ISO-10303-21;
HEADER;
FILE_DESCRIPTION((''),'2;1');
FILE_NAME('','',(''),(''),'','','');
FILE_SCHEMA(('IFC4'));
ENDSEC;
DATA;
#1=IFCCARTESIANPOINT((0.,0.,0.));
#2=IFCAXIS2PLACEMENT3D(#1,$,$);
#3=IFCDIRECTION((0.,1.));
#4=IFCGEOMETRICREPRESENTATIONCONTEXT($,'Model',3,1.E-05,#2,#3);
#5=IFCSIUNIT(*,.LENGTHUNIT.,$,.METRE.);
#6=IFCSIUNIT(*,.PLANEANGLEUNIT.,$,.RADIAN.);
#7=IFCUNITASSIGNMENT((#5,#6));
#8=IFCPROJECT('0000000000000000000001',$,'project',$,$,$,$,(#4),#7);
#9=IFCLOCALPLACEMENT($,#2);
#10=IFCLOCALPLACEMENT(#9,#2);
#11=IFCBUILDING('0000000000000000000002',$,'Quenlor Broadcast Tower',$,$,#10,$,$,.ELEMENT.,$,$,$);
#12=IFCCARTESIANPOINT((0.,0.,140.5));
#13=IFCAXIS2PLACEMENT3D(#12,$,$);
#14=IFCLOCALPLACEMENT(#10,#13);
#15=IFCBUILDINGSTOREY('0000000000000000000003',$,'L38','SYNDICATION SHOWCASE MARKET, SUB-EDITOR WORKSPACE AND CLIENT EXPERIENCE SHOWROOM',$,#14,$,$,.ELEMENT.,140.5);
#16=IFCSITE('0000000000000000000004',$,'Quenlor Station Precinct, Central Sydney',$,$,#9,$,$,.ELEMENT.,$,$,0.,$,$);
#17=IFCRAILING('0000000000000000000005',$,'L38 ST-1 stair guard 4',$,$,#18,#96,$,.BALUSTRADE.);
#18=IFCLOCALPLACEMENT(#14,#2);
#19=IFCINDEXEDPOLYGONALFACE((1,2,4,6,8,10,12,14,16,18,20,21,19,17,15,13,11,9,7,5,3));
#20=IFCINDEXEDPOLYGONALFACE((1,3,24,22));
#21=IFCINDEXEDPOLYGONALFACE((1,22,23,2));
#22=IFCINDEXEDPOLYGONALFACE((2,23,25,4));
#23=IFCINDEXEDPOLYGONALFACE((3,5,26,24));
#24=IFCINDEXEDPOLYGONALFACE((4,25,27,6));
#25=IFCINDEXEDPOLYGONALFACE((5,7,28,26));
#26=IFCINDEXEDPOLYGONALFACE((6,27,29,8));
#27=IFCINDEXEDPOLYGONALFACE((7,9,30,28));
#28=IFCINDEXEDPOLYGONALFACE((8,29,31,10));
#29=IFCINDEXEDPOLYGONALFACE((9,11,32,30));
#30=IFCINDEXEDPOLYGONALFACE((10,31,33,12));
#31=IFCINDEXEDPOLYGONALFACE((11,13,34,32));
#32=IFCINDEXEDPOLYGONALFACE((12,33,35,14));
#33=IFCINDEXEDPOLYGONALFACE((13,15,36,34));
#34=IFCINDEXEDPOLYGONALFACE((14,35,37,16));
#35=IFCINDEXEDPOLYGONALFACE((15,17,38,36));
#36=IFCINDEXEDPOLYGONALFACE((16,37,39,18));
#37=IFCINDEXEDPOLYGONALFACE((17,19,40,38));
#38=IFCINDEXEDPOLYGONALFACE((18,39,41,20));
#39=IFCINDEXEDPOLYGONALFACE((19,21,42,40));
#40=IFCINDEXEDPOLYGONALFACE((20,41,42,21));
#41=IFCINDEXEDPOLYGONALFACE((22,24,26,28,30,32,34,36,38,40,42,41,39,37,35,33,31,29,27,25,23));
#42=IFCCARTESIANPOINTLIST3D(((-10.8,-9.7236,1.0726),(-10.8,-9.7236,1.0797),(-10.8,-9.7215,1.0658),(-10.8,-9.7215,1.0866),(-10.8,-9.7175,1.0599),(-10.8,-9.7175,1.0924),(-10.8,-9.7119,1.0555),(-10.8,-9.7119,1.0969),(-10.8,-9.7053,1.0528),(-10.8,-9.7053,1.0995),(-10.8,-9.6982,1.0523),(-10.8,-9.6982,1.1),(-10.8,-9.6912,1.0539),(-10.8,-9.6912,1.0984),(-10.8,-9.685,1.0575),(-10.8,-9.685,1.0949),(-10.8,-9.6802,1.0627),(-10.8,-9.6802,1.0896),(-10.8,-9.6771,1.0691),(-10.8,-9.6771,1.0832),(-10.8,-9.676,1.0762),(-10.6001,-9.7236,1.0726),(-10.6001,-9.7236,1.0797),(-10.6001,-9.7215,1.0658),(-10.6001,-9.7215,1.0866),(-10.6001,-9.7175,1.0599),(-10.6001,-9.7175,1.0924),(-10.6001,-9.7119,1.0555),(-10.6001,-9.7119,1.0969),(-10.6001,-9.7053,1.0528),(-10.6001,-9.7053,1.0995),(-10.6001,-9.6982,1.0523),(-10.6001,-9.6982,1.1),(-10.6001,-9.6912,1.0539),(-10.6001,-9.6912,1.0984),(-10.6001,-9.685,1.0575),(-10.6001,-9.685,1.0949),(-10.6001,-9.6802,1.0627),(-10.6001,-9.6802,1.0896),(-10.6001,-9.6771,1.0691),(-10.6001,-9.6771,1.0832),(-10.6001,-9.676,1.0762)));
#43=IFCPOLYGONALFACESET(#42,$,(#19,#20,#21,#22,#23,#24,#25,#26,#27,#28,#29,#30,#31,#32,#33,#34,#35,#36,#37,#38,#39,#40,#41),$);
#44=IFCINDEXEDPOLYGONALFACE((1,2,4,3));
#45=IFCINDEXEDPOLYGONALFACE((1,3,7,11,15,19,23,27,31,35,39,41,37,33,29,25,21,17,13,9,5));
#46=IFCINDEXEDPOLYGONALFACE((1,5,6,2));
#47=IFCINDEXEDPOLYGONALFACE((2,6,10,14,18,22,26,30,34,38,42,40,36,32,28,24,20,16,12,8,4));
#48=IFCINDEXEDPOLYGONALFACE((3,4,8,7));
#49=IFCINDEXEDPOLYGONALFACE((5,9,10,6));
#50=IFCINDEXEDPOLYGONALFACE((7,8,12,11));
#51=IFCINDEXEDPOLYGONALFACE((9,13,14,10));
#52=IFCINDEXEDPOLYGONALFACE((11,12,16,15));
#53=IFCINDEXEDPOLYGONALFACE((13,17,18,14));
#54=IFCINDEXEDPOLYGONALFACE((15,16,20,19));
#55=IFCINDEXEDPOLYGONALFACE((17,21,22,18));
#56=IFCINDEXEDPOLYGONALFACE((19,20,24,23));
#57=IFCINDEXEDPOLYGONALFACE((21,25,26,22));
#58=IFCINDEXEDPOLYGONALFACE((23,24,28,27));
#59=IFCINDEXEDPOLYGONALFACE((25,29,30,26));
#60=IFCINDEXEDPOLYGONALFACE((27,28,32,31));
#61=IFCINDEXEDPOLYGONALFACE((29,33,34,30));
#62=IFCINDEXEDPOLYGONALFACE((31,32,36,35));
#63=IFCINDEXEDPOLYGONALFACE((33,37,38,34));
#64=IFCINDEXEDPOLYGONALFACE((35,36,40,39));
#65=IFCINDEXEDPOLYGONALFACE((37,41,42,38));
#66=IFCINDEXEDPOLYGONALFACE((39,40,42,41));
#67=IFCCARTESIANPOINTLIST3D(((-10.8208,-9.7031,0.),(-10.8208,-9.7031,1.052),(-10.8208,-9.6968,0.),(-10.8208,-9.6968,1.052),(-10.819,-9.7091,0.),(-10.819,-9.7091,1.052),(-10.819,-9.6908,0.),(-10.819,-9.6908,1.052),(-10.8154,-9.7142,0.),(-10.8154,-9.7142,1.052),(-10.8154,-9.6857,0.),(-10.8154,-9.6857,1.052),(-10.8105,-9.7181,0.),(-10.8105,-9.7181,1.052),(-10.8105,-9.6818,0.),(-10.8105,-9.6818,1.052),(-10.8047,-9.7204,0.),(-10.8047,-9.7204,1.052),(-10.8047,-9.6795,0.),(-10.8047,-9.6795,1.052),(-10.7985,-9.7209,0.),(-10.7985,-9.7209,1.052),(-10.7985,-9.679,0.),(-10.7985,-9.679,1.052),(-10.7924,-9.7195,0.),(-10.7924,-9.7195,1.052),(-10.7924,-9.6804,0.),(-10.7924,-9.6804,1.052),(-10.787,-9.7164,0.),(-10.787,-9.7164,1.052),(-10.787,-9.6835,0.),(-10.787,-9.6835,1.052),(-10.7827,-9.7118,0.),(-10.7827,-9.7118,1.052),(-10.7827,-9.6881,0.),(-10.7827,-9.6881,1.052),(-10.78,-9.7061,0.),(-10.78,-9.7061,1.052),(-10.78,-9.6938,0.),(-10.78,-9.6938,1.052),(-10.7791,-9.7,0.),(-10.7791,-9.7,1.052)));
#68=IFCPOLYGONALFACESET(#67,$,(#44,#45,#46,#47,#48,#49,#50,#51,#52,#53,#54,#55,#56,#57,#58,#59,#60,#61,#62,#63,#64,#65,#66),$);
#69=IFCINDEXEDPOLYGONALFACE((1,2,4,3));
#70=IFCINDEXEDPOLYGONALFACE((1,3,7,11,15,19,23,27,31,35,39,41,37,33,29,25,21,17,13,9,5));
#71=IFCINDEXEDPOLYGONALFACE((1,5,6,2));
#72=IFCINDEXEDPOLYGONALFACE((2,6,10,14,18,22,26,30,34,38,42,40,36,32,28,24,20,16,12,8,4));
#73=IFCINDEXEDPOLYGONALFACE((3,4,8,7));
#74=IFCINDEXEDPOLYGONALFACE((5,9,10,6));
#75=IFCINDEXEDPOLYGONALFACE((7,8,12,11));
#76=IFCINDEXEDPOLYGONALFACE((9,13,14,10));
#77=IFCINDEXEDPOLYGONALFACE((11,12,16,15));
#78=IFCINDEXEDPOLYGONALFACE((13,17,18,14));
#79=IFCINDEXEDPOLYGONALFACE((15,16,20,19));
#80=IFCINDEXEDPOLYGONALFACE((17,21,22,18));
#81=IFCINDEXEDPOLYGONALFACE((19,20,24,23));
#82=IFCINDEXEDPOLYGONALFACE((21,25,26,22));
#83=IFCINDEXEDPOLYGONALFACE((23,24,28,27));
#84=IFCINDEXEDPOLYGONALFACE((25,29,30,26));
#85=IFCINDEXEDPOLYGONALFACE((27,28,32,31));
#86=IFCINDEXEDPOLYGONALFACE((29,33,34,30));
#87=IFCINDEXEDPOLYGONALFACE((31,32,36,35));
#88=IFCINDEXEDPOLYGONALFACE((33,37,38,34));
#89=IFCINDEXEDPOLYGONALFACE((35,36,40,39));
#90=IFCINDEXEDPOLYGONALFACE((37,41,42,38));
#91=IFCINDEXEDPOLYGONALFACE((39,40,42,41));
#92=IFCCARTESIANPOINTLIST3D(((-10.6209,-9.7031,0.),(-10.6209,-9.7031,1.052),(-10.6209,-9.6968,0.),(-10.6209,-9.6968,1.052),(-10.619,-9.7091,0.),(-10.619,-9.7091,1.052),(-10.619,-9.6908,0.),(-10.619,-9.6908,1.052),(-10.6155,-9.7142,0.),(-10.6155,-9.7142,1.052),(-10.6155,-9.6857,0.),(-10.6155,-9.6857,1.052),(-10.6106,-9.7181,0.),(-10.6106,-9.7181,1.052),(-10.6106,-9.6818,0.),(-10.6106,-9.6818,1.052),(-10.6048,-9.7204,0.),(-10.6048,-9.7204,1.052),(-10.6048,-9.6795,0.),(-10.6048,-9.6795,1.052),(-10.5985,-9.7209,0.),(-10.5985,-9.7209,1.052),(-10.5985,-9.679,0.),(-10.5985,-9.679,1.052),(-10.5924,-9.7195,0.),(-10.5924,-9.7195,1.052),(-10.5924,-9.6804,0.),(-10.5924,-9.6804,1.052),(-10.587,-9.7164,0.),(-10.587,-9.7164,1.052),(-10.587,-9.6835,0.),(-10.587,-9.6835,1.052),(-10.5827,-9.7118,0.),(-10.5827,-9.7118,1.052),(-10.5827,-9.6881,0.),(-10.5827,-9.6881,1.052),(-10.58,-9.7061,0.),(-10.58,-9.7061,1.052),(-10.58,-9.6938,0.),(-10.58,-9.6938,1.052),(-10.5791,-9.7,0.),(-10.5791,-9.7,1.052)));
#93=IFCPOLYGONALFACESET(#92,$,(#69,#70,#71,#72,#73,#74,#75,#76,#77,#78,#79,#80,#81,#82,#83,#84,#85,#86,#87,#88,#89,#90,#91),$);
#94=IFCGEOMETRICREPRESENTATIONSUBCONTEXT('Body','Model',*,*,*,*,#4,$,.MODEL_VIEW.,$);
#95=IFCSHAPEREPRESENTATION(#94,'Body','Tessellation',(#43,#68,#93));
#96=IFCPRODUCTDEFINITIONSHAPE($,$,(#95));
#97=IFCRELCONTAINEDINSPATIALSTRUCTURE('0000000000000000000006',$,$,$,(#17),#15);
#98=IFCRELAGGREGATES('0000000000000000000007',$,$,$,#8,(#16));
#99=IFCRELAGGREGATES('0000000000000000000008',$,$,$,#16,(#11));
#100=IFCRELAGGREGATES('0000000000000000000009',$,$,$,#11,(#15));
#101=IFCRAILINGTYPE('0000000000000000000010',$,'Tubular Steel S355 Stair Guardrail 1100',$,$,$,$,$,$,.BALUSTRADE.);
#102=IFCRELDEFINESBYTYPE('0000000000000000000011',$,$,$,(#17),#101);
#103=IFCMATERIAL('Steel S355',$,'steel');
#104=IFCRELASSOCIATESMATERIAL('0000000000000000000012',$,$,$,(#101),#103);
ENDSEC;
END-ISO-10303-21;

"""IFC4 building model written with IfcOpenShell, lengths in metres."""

from ifc_helpers import new_model, si_unit, direction, frame, origin, origin_2d, place, context, subcontext, project, spatial, circle, extrude, material, type_object, element, save


model = new_model("IFC4")

# Units and contexts
model_context = context("Model", 3, precision=1e-05, world=origin(), true_north=direction((0.0, 1.0)))
body_context = subcontext(model_context, "Body", "Model", "MODEL_VIEW")
ifc_project = project(units=[si_unit("LENGTHUNIT", "METRE"), si_unit("PLANEANGLEUNIT", "RADIAN")], contexts=[model_context])

# Site, building, storey
site_placement = place(None, origin())
site = spatial("IfcSite", under=ifc_project, at=site_placement, Name="Quenlor Station Precinct, Central Sydney", CompositionType="ELEMENT", RefElevation=0.0)
building_placement = place(site_placement, origin())
building = spatial("IfcBuilding", under=site, at=building_placement, Name="Quenlor Broadcast Tower", CompositionType="ELEMENT")
storey_placement = place(building_placement, frame((0.0, 0.0, 140.5)))
storey = spatial("IfcBuildingStorey", under=building, at=storey_placement, Name="L38", Description="SYNDICATION SHOWCASE MARKET, SUB-EDITOR WORKSPACE AND CLIENT EXPERIENCE SHOWROOM", CompositionType="ELEMENT", Elevation=140.5)

# Railing
ifc_material_1 = material(Name="Steel S355", Category="steel")
railing_type_1 = type_object("IfcRailingType", Name="Tubular Steel S355 Stair Guardrail 1100", PredefinedType="BALUSTRADE", material=ifc_material_1)
railing_1_placement = place(storey_placement, frame((-10.8, -9.7, 0.0)))
element("IfcRailing", 1, at=railing_1_placement, inside=storey, type_object=railing_type_1, Name="L38 ST-1 stair guard 4", PredefinedType="BALUSTRADE", context=body_context, shape_type="SweptSolid", body=[
    extrude(circle(Radius=0.0239, at=origin_2d()), frame((0.0, 0.0, 1.0762), z_axis=(1.0, 0.0, 0.0), x_axis=(0.0, 1.0, 0.0)), (0.0, 0.0, 1.0), 0.2),
    extrude(circle(Radius=0.021, at=origin_2d()), origin(), (0.0, 0.0, 1.0), 1.052),
    extrude(circle(Radius=0.021, at=origin_2d()), frame((0.2, 0.0, 0.0)), (0.0, 0.0, 1.0), 1.052),
])

save(model, "model.ifc")
